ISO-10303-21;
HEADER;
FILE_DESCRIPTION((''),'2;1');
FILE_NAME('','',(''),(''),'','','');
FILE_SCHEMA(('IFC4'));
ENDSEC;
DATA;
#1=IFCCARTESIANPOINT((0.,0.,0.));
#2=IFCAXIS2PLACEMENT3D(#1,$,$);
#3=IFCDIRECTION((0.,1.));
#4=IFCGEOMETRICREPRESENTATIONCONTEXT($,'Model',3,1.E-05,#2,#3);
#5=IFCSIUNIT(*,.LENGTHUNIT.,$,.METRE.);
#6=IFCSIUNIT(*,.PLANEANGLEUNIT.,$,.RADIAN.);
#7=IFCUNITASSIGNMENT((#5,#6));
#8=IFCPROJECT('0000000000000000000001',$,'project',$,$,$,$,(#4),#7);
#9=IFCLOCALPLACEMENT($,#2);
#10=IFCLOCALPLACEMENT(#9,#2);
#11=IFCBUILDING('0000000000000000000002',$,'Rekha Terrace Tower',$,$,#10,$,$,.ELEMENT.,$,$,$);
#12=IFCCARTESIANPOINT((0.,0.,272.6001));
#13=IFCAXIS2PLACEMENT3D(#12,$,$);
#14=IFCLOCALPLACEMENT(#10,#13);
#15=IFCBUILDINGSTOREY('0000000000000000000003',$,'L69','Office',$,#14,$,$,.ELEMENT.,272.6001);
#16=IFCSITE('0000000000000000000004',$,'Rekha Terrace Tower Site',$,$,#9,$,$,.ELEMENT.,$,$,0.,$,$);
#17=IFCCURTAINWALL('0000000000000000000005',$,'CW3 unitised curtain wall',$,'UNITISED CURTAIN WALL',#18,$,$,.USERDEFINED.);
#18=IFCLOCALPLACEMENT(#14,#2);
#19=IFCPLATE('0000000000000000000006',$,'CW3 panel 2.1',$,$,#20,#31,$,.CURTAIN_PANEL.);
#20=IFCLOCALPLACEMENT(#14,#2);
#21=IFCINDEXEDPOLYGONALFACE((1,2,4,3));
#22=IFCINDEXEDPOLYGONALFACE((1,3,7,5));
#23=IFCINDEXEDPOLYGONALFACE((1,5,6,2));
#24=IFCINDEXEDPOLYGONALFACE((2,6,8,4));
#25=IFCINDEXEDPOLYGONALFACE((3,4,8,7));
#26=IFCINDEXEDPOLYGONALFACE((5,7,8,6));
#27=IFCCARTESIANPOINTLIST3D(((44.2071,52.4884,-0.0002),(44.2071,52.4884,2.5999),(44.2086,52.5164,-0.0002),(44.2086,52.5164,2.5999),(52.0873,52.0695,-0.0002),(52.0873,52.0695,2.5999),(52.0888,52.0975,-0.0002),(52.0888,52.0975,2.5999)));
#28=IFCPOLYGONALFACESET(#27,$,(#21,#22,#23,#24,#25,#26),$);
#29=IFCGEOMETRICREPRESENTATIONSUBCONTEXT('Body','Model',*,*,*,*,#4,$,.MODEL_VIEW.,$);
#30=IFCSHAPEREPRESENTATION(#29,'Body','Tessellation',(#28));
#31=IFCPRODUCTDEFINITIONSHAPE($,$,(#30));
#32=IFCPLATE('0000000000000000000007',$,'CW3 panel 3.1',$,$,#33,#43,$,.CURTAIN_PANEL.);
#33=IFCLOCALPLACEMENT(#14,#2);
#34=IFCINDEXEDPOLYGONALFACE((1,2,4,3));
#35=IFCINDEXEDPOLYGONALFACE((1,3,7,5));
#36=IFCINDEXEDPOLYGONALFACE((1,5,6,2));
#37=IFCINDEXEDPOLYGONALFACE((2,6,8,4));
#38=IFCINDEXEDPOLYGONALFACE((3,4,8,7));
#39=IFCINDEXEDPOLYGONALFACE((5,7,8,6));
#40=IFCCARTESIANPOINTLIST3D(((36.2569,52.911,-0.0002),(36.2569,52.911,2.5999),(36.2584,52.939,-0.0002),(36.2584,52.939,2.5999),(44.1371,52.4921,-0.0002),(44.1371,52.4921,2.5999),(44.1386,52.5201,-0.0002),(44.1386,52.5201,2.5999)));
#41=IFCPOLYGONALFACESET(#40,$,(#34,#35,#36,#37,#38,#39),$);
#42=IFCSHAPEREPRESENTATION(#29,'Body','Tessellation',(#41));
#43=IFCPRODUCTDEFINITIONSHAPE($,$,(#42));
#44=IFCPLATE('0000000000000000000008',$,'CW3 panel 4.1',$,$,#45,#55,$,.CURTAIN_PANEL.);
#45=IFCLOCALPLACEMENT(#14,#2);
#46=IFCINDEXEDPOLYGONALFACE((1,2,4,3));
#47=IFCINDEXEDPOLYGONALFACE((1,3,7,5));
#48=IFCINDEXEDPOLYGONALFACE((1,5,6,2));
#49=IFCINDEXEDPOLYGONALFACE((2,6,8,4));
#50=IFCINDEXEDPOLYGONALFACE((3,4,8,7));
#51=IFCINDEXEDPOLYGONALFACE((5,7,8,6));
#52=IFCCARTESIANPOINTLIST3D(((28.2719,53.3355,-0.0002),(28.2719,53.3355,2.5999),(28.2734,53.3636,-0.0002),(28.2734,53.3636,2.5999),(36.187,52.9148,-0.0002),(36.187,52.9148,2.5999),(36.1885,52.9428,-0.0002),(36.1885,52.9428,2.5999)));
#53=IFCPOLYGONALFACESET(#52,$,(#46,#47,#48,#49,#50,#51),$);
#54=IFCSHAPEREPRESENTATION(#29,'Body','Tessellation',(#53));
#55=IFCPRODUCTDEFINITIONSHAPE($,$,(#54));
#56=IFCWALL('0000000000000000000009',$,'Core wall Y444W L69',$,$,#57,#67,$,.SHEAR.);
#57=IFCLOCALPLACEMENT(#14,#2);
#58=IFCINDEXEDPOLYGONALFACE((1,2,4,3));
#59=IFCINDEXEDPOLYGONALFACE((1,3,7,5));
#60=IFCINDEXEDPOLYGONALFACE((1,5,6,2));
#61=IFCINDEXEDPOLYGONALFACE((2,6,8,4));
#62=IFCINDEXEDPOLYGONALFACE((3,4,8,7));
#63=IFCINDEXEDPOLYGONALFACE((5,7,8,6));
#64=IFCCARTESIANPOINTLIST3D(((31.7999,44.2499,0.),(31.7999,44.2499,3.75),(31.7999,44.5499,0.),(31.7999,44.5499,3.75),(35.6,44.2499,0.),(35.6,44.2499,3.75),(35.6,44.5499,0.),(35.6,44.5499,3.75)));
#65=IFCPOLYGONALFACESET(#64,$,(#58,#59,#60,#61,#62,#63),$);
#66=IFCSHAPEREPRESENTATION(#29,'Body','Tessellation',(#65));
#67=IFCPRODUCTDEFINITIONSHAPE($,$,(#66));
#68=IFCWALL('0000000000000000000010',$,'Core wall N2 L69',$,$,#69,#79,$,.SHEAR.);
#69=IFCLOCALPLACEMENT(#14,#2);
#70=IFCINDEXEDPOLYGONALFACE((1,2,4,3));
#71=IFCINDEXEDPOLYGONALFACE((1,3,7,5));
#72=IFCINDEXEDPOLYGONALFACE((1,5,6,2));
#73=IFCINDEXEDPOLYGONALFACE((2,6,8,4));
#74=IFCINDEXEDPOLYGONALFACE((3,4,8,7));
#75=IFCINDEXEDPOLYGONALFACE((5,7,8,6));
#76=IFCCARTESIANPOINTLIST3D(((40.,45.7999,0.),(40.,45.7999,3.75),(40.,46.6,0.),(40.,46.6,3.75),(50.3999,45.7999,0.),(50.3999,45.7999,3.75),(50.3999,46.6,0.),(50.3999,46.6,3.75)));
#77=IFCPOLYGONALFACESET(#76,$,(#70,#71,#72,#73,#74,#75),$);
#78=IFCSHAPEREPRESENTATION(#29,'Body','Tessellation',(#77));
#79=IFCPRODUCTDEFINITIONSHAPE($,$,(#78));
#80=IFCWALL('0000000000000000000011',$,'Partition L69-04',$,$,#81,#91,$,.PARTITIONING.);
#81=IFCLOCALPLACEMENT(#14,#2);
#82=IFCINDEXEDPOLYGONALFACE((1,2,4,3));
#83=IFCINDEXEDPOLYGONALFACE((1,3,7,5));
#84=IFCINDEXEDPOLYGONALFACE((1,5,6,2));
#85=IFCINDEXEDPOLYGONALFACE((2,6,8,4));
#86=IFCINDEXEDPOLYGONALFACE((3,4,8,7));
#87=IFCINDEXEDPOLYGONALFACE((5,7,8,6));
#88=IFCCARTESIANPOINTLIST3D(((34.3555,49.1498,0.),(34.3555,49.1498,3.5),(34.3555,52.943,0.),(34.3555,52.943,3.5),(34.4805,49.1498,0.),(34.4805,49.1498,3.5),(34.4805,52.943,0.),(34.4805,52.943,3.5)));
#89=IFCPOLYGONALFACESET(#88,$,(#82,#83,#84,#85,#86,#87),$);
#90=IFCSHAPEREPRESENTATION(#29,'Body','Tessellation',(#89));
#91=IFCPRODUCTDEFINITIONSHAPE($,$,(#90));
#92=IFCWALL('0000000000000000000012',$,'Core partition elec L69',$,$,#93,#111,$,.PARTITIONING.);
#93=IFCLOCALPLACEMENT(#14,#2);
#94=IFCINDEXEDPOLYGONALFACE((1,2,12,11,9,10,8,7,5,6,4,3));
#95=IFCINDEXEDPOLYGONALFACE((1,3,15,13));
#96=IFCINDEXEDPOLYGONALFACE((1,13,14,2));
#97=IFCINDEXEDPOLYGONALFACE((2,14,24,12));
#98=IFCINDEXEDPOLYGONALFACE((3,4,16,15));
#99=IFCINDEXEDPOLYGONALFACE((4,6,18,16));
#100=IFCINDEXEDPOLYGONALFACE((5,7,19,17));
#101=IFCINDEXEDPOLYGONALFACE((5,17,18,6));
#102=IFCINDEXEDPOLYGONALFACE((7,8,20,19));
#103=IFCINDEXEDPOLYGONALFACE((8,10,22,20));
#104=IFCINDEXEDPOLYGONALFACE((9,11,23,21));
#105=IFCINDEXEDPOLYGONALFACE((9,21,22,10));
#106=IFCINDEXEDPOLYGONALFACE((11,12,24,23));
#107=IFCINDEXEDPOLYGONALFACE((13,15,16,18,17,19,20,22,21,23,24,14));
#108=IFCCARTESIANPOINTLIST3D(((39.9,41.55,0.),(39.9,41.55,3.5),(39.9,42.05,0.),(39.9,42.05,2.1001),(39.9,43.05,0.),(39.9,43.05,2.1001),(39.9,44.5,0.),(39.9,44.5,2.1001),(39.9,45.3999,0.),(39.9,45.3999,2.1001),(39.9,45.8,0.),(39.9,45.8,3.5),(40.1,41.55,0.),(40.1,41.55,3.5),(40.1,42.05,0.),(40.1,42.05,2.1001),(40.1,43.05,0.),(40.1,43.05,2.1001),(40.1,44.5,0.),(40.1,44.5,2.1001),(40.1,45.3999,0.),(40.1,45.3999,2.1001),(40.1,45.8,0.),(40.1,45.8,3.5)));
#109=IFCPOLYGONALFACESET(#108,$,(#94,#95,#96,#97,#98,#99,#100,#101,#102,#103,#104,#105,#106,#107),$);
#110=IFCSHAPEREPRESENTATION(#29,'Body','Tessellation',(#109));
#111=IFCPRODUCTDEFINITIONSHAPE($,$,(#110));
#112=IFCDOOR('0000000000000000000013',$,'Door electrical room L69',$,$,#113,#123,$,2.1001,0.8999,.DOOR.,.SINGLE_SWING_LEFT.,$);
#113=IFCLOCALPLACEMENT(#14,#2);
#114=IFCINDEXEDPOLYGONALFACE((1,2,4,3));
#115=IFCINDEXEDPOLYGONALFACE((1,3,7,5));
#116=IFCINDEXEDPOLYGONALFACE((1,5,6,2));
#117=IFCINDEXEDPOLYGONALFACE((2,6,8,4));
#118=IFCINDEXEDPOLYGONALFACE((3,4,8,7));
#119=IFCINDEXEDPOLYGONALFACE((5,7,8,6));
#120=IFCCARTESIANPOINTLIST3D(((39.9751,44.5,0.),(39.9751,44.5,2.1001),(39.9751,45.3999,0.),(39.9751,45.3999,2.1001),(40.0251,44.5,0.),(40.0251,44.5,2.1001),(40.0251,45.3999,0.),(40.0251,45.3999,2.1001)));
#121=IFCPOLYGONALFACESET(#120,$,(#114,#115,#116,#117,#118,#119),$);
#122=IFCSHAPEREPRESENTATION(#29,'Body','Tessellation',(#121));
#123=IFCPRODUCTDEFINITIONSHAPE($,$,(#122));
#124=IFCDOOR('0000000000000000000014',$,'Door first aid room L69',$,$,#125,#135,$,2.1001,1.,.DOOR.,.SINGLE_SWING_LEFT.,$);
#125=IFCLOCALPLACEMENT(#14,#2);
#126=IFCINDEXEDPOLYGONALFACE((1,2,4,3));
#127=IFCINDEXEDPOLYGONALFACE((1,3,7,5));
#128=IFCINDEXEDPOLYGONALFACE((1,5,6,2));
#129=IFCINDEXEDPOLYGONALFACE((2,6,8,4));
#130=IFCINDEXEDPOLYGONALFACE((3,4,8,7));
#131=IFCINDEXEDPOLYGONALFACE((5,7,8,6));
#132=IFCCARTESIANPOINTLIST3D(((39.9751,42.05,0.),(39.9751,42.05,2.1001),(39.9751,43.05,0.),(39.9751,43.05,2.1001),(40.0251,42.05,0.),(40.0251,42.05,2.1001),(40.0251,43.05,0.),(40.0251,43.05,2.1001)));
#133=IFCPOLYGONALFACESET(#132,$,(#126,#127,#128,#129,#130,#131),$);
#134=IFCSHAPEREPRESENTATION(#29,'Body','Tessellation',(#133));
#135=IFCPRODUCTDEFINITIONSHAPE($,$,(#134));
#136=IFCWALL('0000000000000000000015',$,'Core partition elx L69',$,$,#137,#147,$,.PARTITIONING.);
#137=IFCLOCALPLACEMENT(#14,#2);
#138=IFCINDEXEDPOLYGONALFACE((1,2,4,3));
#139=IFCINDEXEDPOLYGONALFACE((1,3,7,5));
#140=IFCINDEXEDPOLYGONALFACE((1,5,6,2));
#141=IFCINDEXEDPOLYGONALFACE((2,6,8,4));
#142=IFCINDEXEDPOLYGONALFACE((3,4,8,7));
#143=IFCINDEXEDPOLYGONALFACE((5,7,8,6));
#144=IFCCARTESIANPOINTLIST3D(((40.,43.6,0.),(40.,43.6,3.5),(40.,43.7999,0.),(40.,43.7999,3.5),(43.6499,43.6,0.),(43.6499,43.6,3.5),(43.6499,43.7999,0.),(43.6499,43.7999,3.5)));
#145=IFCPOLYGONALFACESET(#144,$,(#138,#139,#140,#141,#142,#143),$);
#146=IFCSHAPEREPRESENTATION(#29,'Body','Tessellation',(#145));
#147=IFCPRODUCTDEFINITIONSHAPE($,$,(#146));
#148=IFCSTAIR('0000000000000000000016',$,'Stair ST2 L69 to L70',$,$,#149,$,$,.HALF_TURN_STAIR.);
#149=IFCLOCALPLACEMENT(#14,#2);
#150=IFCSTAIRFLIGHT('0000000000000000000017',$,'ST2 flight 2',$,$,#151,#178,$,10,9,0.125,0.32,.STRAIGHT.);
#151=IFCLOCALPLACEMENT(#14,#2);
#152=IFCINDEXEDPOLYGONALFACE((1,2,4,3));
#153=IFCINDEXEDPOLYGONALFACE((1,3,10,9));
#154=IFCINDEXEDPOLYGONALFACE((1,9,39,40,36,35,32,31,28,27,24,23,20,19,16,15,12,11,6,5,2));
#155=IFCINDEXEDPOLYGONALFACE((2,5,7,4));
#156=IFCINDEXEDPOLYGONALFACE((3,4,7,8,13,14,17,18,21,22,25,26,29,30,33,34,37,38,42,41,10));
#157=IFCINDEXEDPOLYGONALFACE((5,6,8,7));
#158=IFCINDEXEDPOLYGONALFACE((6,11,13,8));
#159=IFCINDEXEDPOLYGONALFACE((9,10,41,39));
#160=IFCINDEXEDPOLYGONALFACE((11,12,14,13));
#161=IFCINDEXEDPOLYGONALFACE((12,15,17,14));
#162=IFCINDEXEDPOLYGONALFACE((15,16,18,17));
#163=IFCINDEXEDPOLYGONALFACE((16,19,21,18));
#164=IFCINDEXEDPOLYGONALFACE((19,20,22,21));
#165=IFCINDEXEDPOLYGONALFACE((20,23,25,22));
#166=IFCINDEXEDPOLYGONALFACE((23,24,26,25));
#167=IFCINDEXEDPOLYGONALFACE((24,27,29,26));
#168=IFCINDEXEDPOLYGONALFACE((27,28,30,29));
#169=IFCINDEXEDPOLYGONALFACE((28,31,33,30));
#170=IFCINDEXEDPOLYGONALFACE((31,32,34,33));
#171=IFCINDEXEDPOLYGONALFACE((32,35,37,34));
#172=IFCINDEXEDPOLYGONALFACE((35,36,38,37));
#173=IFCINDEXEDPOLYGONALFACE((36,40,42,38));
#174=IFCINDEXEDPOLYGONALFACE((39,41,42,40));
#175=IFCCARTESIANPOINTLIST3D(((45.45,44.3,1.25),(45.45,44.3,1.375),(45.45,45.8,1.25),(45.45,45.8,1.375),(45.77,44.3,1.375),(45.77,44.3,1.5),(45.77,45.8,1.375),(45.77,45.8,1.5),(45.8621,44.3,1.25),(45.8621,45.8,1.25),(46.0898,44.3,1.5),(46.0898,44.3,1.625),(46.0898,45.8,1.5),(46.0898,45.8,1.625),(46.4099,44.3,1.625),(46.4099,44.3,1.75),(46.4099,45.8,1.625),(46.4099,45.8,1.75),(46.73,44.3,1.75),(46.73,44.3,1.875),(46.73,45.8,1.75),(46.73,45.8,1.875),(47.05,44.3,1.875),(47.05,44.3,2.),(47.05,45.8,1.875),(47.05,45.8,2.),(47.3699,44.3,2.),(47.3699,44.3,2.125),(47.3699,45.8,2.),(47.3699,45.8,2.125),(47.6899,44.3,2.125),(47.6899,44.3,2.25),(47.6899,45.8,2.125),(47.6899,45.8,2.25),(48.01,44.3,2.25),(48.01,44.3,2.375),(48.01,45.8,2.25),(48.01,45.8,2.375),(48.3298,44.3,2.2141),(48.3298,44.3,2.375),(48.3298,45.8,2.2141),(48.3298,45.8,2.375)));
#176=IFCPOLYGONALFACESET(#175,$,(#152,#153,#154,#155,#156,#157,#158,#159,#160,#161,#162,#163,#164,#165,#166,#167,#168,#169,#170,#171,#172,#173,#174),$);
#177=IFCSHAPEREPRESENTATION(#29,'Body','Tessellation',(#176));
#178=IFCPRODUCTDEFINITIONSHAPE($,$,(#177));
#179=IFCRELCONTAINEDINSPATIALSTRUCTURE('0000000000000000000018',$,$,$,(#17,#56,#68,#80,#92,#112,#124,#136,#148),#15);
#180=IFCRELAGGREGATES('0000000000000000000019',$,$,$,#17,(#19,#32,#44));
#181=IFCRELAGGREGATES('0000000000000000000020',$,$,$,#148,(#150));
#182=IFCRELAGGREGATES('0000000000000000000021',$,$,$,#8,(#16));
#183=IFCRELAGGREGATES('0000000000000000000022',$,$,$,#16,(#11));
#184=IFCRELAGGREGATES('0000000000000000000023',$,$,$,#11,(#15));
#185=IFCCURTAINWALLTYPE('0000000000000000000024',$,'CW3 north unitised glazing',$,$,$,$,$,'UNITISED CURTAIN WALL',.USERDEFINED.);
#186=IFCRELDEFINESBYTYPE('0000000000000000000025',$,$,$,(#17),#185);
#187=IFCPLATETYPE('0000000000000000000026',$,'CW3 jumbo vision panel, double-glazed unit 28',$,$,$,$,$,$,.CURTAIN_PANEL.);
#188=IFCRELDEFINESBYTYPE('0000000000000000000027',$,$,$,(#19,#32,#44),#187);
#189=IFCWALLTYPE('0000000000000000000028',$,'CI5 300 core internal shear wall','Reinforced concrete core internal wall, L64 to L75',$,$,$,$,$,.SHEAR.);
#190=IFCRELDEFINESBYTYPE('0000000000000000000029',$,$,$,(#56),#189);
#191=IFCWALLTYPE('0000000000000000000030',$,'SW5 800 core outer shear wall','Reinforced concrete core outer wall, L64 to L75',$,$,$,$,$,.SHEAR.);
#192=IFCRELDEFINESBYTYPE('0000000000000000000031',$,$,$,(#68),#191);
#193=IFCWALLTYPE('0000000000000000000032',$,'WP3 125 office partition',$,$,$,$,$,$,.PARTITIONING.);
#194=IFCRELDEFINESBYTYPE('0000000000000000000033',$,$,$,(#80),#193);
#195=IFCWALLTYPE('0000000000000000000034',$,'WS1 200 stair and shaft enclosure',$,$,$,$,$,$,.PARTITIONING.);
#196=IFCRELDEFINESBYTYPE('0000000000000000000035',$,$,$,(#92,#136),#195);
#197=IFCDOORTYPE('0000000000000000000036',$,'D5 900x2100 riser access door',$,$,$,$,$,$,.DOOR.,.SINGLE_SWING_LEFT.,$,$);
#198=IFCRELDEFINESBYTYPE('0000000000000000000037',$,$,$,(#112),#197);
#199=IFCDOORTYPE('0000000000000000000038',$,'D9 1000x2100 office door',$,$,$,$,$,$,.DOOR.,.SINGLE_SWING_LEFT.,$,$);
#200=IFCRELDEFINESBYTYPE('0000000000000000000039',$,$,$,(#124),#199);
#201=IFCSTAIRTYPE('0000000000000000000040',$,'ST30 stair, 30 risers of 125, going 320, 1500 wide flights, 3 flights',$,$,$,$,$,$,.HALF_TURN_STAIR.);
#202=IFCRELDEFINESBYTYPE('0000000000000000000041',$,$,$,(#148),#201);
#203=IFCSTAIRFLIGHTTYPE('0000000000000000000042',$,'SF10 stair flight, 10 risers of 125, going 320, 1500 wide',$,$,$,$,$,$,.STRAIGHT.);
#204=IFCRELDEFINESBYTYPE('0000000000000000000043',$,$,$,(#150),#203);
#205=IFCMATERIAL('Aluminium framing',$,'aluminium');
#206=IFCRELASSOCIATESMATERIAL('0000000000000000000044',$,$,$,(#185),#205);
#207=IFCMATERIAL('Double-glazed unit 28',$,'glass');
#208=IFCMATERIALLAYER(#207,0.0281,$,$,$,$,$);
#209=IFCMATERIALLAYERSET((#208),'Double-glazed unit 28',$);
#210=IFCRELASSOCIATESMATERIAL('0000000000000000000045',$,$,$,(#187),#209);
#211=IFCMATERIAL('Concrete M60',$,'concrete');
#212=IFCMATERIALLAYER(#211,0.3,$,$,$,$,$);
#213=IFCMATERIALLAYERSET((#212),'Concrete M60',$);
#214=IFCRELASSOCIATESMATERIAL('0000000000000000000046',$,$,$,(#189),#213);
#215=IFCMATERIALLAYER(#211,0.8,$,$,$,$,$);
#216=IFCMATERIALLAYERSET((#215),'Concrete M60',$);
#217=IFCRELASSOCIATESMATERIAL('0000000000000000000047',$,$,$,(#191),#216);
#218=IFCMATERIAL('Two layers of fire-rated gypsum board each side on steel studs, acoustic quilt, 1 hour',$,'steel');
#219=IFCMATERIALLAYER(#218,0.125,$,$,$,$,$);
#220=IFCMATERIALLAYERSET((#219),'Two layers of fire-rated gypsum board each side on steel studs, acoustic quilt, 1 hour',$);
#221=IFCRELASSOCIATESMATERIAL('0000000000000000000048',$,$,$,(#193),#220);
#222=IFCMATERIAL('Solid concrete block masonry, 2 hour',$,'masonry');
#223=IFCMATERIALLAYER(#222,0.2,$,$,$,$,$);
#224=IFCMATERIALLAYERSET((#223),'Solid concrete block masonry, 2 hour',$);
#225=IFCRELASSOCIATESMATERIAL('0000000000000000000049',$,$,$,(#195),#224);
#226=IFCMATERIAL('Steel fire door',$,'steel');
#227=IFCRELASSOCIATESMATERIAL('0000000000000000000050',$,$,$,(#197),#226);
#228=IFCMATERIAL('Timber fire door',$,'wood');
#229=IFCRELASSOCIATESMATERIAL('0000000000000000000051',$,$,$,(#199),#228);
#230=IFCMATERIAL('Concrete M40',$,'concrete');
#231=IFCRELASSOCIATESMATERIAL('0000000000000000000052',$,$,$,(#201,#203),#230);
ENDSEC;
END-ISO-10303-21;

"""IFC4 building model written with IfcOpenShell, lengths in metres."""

from ifc_helpers import new_model, si_unit, direction, frame, frame_2d, origin, origin_2d, place, context, subcontext, project, spatial, polyline, rectangle, outline, extrude, material, layer, layer_set, type_object, element, fill, aggregate, save


model = new_model("IFC4")

# Units and contexts
model_context = context("Model", 3, precision=1e-05, world=origin(), true_north=direction((0.0, 1.0)))
body_context = subcontext(model_context, "Body", "Model", "MODEL_VIEW")
ifc_project = project(units=[si_unit("LENGTHUNIT", "METRE"), si_unit("PLANEANGLEUNIT", "RADIAN")], contexts=[model_context])

# Site, building, storey
site_placement = place(None, origin())
site = spatial("IfcSite", under=ifc_project, at=site_placement, Name="Rekha Terrace Tower Site", CompositionType="ELEMENT", RefElevation=0.0)
building_placement = place(site_placement, origin())
building = spatial("IfcBuilding", under=site, at=building_placement, Name="Rekha Terrace Tower", CompositionType="ELEMENT")
storey_placement = place(building_placement, frame((0.0, 0.0, 272.6001)))
storey = spatial("IfcBuildingStorey", under=building, at=storey_placement, Name="L69", Description="Office", CompositionType="ELEMENT", Elevation=272.6001)

# Shared definitions
ifc_material_1 = material(Name="Concrete M60", Category="concrete")

# Curtain wall
ifc_material_2 = material(Name="Aluminium framing", Category="aluminium")
curtain_wall_type = type_object("IfcCurtainWallType", Name="CW3 north unitised glazing", ElementType="UNITISED CURTAIN WALL", PredefinedType="USERDEFINED", material=ifc_material_2)
curtain_wall_placement = place(storey_placement, origin())
curtain_wall = element("IfcCurtainWall", 1, at=curtain_wall_placement, inside=storey, type_object=curtain_wall_type, Name="CW3 unitised curtain wall", ObjectType="UNITISED CURTAIN WALL", PredefinedType="USERDEFINED")

# Plates
ifc_material_3 = material(Name="Double-glazed unit 28", Category="glass")
ifc_layer_1 = layer(ifc_material_3, 0.0281)
ifc_layer_set_1 = layer_set([ifc_layer_1], Name="Double-glazed unit 28")
plate_type = type_object("IfcPlateType", Name="CW3 jumbo vision panel, double-glazed unit 28", PredefinedType="CURTAIN_PANEL", material=ifc_layer_set_1)
plate_1_placement = place(storey_placement, frame((48.1479, 52.293, -0.0002), z_axis=(0.0, 0.0, 1.0), x_axis=(-0.99859, 0.053083, 0.0)))
plate_1 = element("IfcPlate", 2, at=plate_1_placement, type_object=plate_type, Name="CW3 panel 2.1", PredefinedType="CURTAIN_PANEL", context=body_context, shape_type="SweptSolid", body=[
    extrude(rectangle(XDim=7.8914, YDim=0.0281, at=origin_2d()), origin(), (0.0, 0.0, 1.0), 2.6001),
])
plate_2_placement = place(storey_placement, frame((40.1978, 52.7156, -0.0002), z_axis=(0.0, 0.0, 1.0), x_axis=(-0.99859, 0.053083, 0.0)))
plate_2 = element("IfcPlate", 3, at=plate_2_placement, type_object=plate_type, Name="CW3 panel 3.1", PredefinedType="CURTAIN_PANEL", context=body_context, shape_type="SweptSolid", body=[
    extrude(rectangle(XDim=7.8914, YDim=0.0281, at=origin_2d()), origin(), (0.0, 0.0, 1.0), 2.6001),
])
plate_3_placement = place(storey_placement, frame((32.2302, 53.1392, -0.0002), z_axis=(0.0, 0.0, 1.0), x_axis=(-0.99859, 0.053083, 0.0)))
plate_3 = element("IfcPlate", 4, at=plate_3_placement, type_object=plate_type, Name="CW3 panel 4.1", PredefinedType="CURTAIN_PANEL", context=body_context, shape_type="SweptSolid", body=[
    extrude(rectangle(XDim=7.9263, YDim=0.0281, at=origin_2d()), origin(), (0.0, 0.0, 1.0), 2.6001),
])
aggregate(curtain_wall, [plate_1, plate_2, plate_3])

# Walls
ifc_layer_2 = layer(ifc_material_1, 0.3)
ifc_layer_set_2 = layer_set([ifc_layer_2], Name="Concrete M60")
wall_type_1 = type_object("IfcWallType", Name="CI5 300 core internal shear wall", Description="Reinforced concrete core internal wall, L64 to L75", PredefinedType="SHEAR", material=ifc_layer_set_2)
wall_1_placement = place(storey_placement, frame((31.8, 44.3999, 0.0), z_axis=(0.0, 0.0, 1.0), x_axis=(1.0, 0.0, 0.0)))
element("IfcWall", 5, at=wall_1_placement, inside=storey, type_object=wall_type_1, Name="Core wall Y444W L69", PredefinedType="SHEAR", context=body_context, shape_type="SweptSolid", body=[
    extrude(rectangle(XDim=3.8, YDim=0.3, at=frame_2d((1.8999, 0.0))), origin(), (0.0, 0.0, 1.0), 3.75),
])
ifc_layer_3 = layer(ifc_material_1, 0.8)
ifc_layer_set_3 = layer_set([ifc_layer_3], Name="Concrete M60")
wall_type_2 = type_object("IfcWallType", Name="SW5 800 core outer shear wall", Description="Reinforced concrete core outer wall, L64 to L75", PredefinedType="SHEAR", material=ifc_layer_set_3)
wall_2_placement = place(storey_placement, frame((40.0, 46.2, 0.0), z_axis=(0.0, 0.0, 1.0), x_axis=(1.0, 0.0, 0.0)))
element("IfcWall", 6, at=wall_2_placement, inside=storey, type_object=wall_type_2, Name="Core wall N2 L69", PredefinedType="SHEAR", context=body_context, shape_type="SweptSolid", body=[
    extrude(rectangle(XDim=10.3999, YDim=0.8, at=frame_2d((5.2, 0.0))), origin(), (0.0, 0.0, 1.0), 3.75),
])
ifc_material_4 = material(Name="Two layers of fire-rated gypsum board each side on steel studs, acoustic quilt, 1 hour", Category="steel")
ifc_layer_4 = layer(ifc_material_4, 0.125)
ifc_layer_set_4 = layer_set([ifc_layer_4], Name="Two layers of fire-rated gypsum board each side on steel studs, acoustic quilt, 1 hour")
wall_type_3 = type_object("IfcWallType", Name="WP3 125 office partition", PredefinedType="PARTITIONING", material=ifc_layer_set_4)
wall_3_placement = place(storey_placement, frame((34.418, 49.1499, 0.0), z_axis=(0.0, 0.0, 1.0), x_axis=(0.0, 1.0, 0.0)))
element("IfcWall", 7, at=wall_3_placement, inside=storey, type_object=wall_type_3, Name="Partition L69-04", PredefinedType="PARTITIONING", context=body_context, shape_type="SweptSolid", body=[
    extrude(rectangle(XDim=3.7932, YDim=0.125, at=frame_2d((1.8965, 0.0))), origin(), (0.0, 0.0, 1.0), 3.5),
])

# Wall, openings, doors
ifc_material_5 = material(Name="Solid concrete block masonry, 2 hour", Category="masonry")
ifc_layer_5 = layer(ifc_material_5, 0.2)
ifc_layer_set_5 = layer_set([ifc_layer_5], Name="Solid concrete block masonry, 2 hour")
wall_type_4 = type_object("IfcWallType", Name="WS1 200 stair and shaft enclosure", PredefinedType="PARTITIONING", material=ifc_layer_set_5)
wall_4_placement = place(storey_placement, frame((40.0, 41.55, 0.0), z_axis=(0.0, 0.0, 1.0), x_axis=(0.0, 1.0, 0.0)))
wall_4 = element("IfcWall", 8, at=wall_4_placement, inside=storey, type_object=wall_type_4, Name="Core partition elec L69", PredefinedType="PARTITIONING", context=body_context, shape_type="SweptSolid", body=[
    extrude(rectangle(XDim=4.25, YDim=0.2, at=frame_2d((2.125, 0.0))), origin(), (0.0, 0.0, 1.0), 3.5),
])
opening_1_placement = place(wall_4_placement, frame((2.95, 0.0, 0.0)))
opening_1 = element("IfcOpeningElement", 9, at=opening_1_placement, cuts=wall_4, PredefinedType="OPENING", context=body_context, shape_type="SweptSolid", body=[
    extrude(rectangle(XDim=0.8999, YDim=2.1001, at=frame_2d((0.45, 1.05))), frame((0.0, 0.1099, 0.0), z_axis=(0.0, -1.0, 0.0), x_axis=(1.0, 0.0, 0.0)), (0.0, 0.0, 1.0), 0.22),
])
opening_2_placement = place(wall_4_placement, frame((0.5, 0.0, 0.0)))
opening_2 = element("IfcOpeningElement", 10, at=opening_2_placement, cuts=wall_4, PredefinedType="OPENING", context=body_context, shape_type="SweptSolid", body=[
    extrude(rectangle(XDim=1.0, YDim=2.1001, at=frame_2d((0.5, 1.05))), frame((0.0, 0.1099, 0.0), z_axis=(0.0, -1.0, 0.0), x_axis=(1.0, 0.0, 0.0)), (0.0, 0.0, 1.0), 0.22),
])
ifc_material_6 = material(Name="Steel fire door", Category="steel")
door_type_1 = type_object("IfcDoorType", Name="D5 900x2100 riser access door", OperationType="SINGLE_SWING_LEFT", PredefinedType="DOOR", material=ifc_material_6)
door_1_placement = place(opening_1_placement, origin())
door_1 = element("IfcDoor", 11, at=door_1_placement, inside=storey, type_object=door_type_1, Name="Door electrical room L69", OperationType="SINGLE_SWING_LEFT", OverallHeight=2.1001, OverallWidth=0.8999, PredefinedType="DOOR", context=body_context, shape_type="SweptSolid", body=[
    extrude(rectangle(XDim=0.8999, YDim=2.1001, at=frame_2d((0.45, 1.05))), frame((0.0, 0.0249, 0.0), z_axis=(0.0, -1.0, 0.0), x_axis=(1.0, 0.0, 0.0)), (0.0, 0.0, 1.0), 0.05),
])
fill(opening_1, door_1)
ifc_material_7 = material(Name="Timber fire door", Category="wood")
door_type_2 = type_object("IfcDoorType", Name="D9 1000x2100 office door", OperationType="SINGLE_SWING_LEFT", PredefinedType="DOOR", material=ifc_material_7)
door_2_placement = place(opening_2_placement, origin())
door_2 = element("IfcDoor", 12, at=door_2_placement, inside=storey, type_object=door_type_2, Name="Door first aid room L69", OperationType="SINGLE_SWING_LEFT", OverallHeight=2.1001, OverallWidth=1.0, PredefinedType="DOOR", context=body_context, shape_type="SweptSolid", body=[
    extrude(rectangle(XDim=1.0, YDim=2.1001, at=frame_2d((0.5, 1.05))), frame((0.0, 0.0249, 0.0), z_axis=(0.0, -1.0, 0.0), x_axis=(1.0, 0.0, 0.0)), (0.0, 0.0, 1.0), 0.05),
])
fill(opening_2, door_2)

# Wall
wall_5_placement = place(storey_placement, frame((40.0, 43.7, 0.0), z_axis=(0.0, 0.0, 1.0), x_axis=(1.0, 0.0, 0.0)))
element("IfcWall", 13, at=wall_5_placement, inside=storey, type_object=wall_type_4, Name="Core partition elx L69", PredefinedType="PARTITIONING", context=body_context, shape_type="SweptSolid", body=[
    extrude(rectangle(XDim=3.6499, YDim=0.2, at=frame_2d((1.825, 0.0))), origin(), (0.0, 0.0, 1.0), 3.5),
])

# Stair, stair flight
ifc_material_8 = material(Name="Concrete M40", Category="concrete")
stair_type = type_object("IfcStairType", Name="ST30 stair, 30 risers of 125, going 320, 1500 wide flights, 3 flights", PredefinedType="HALF_TURN_STAIR", material=ifc_material_8)
stair_placement = place(storey_placement, origin())
stair = element("IfcStair", 14, at=stair_placement, inside=storey, type_object=stair_type, Name="Stair ST2 L69 to L70", PredefinedType="HALF_TURN_STAIR")
stair_flight_type = type_object("IfcStairFlightType", Name="SF10 stair flight, 10 risers of 125, going 320, 1500 wide", PredefinedType="STRAIGHT", material=ifc_material_8)
stair_flight_placement = place(storey_placement, frame((45.45, 45.05, 1.25), z_axis=(0.0, 0.0, 1.0), x_axis=(1.0, 0.0, 0.0)))
stair_flight = element("IfcStairFlight", 15, at=stair_flight_placement, type_object=stair_flight_type, Name="ST2 flight 2", NumberOfRisers=10, NumberOfTreads=9, PredefinedType="STRAIGHT", RiserHeight=0.125, TreadLength=0.32, context=body_context, shape_type="SweptSolid", body=[
    extrude(outline(polyline([(0.0, 0.0), (0.0, 0.125), (0.3201, 0.125), (0.3201, 0.25), (0.6399, 0.25), (0.6399, 0.375), (0.96, 0.375), (0.96, 0.5), (1.28, 0.5), (1.28, 0.625), (1.6001, 0.625), (1.6001, 0.75), (1.9199, 0.75), (1.9199, 0.875), (2.24, 0.875), (2.24, 1.0), (2.5601, 1.0), (2.5601, 1.125), (2.8799, 1.125), (2.8799, 1.25), (2.8799, 0.9641), (0.4121, 0.0), (0.0, 0.0)])), frame((0.0, 0.75, 0.0), z_axis=(0.0, -1.0, 0.0), x_axis=(1.0, 0.0, 0.0)), (0.0, 0.0, 1.0), 1.5),
])
aggregate(stair, [stair_flight])

save(model, "model.ifc")
